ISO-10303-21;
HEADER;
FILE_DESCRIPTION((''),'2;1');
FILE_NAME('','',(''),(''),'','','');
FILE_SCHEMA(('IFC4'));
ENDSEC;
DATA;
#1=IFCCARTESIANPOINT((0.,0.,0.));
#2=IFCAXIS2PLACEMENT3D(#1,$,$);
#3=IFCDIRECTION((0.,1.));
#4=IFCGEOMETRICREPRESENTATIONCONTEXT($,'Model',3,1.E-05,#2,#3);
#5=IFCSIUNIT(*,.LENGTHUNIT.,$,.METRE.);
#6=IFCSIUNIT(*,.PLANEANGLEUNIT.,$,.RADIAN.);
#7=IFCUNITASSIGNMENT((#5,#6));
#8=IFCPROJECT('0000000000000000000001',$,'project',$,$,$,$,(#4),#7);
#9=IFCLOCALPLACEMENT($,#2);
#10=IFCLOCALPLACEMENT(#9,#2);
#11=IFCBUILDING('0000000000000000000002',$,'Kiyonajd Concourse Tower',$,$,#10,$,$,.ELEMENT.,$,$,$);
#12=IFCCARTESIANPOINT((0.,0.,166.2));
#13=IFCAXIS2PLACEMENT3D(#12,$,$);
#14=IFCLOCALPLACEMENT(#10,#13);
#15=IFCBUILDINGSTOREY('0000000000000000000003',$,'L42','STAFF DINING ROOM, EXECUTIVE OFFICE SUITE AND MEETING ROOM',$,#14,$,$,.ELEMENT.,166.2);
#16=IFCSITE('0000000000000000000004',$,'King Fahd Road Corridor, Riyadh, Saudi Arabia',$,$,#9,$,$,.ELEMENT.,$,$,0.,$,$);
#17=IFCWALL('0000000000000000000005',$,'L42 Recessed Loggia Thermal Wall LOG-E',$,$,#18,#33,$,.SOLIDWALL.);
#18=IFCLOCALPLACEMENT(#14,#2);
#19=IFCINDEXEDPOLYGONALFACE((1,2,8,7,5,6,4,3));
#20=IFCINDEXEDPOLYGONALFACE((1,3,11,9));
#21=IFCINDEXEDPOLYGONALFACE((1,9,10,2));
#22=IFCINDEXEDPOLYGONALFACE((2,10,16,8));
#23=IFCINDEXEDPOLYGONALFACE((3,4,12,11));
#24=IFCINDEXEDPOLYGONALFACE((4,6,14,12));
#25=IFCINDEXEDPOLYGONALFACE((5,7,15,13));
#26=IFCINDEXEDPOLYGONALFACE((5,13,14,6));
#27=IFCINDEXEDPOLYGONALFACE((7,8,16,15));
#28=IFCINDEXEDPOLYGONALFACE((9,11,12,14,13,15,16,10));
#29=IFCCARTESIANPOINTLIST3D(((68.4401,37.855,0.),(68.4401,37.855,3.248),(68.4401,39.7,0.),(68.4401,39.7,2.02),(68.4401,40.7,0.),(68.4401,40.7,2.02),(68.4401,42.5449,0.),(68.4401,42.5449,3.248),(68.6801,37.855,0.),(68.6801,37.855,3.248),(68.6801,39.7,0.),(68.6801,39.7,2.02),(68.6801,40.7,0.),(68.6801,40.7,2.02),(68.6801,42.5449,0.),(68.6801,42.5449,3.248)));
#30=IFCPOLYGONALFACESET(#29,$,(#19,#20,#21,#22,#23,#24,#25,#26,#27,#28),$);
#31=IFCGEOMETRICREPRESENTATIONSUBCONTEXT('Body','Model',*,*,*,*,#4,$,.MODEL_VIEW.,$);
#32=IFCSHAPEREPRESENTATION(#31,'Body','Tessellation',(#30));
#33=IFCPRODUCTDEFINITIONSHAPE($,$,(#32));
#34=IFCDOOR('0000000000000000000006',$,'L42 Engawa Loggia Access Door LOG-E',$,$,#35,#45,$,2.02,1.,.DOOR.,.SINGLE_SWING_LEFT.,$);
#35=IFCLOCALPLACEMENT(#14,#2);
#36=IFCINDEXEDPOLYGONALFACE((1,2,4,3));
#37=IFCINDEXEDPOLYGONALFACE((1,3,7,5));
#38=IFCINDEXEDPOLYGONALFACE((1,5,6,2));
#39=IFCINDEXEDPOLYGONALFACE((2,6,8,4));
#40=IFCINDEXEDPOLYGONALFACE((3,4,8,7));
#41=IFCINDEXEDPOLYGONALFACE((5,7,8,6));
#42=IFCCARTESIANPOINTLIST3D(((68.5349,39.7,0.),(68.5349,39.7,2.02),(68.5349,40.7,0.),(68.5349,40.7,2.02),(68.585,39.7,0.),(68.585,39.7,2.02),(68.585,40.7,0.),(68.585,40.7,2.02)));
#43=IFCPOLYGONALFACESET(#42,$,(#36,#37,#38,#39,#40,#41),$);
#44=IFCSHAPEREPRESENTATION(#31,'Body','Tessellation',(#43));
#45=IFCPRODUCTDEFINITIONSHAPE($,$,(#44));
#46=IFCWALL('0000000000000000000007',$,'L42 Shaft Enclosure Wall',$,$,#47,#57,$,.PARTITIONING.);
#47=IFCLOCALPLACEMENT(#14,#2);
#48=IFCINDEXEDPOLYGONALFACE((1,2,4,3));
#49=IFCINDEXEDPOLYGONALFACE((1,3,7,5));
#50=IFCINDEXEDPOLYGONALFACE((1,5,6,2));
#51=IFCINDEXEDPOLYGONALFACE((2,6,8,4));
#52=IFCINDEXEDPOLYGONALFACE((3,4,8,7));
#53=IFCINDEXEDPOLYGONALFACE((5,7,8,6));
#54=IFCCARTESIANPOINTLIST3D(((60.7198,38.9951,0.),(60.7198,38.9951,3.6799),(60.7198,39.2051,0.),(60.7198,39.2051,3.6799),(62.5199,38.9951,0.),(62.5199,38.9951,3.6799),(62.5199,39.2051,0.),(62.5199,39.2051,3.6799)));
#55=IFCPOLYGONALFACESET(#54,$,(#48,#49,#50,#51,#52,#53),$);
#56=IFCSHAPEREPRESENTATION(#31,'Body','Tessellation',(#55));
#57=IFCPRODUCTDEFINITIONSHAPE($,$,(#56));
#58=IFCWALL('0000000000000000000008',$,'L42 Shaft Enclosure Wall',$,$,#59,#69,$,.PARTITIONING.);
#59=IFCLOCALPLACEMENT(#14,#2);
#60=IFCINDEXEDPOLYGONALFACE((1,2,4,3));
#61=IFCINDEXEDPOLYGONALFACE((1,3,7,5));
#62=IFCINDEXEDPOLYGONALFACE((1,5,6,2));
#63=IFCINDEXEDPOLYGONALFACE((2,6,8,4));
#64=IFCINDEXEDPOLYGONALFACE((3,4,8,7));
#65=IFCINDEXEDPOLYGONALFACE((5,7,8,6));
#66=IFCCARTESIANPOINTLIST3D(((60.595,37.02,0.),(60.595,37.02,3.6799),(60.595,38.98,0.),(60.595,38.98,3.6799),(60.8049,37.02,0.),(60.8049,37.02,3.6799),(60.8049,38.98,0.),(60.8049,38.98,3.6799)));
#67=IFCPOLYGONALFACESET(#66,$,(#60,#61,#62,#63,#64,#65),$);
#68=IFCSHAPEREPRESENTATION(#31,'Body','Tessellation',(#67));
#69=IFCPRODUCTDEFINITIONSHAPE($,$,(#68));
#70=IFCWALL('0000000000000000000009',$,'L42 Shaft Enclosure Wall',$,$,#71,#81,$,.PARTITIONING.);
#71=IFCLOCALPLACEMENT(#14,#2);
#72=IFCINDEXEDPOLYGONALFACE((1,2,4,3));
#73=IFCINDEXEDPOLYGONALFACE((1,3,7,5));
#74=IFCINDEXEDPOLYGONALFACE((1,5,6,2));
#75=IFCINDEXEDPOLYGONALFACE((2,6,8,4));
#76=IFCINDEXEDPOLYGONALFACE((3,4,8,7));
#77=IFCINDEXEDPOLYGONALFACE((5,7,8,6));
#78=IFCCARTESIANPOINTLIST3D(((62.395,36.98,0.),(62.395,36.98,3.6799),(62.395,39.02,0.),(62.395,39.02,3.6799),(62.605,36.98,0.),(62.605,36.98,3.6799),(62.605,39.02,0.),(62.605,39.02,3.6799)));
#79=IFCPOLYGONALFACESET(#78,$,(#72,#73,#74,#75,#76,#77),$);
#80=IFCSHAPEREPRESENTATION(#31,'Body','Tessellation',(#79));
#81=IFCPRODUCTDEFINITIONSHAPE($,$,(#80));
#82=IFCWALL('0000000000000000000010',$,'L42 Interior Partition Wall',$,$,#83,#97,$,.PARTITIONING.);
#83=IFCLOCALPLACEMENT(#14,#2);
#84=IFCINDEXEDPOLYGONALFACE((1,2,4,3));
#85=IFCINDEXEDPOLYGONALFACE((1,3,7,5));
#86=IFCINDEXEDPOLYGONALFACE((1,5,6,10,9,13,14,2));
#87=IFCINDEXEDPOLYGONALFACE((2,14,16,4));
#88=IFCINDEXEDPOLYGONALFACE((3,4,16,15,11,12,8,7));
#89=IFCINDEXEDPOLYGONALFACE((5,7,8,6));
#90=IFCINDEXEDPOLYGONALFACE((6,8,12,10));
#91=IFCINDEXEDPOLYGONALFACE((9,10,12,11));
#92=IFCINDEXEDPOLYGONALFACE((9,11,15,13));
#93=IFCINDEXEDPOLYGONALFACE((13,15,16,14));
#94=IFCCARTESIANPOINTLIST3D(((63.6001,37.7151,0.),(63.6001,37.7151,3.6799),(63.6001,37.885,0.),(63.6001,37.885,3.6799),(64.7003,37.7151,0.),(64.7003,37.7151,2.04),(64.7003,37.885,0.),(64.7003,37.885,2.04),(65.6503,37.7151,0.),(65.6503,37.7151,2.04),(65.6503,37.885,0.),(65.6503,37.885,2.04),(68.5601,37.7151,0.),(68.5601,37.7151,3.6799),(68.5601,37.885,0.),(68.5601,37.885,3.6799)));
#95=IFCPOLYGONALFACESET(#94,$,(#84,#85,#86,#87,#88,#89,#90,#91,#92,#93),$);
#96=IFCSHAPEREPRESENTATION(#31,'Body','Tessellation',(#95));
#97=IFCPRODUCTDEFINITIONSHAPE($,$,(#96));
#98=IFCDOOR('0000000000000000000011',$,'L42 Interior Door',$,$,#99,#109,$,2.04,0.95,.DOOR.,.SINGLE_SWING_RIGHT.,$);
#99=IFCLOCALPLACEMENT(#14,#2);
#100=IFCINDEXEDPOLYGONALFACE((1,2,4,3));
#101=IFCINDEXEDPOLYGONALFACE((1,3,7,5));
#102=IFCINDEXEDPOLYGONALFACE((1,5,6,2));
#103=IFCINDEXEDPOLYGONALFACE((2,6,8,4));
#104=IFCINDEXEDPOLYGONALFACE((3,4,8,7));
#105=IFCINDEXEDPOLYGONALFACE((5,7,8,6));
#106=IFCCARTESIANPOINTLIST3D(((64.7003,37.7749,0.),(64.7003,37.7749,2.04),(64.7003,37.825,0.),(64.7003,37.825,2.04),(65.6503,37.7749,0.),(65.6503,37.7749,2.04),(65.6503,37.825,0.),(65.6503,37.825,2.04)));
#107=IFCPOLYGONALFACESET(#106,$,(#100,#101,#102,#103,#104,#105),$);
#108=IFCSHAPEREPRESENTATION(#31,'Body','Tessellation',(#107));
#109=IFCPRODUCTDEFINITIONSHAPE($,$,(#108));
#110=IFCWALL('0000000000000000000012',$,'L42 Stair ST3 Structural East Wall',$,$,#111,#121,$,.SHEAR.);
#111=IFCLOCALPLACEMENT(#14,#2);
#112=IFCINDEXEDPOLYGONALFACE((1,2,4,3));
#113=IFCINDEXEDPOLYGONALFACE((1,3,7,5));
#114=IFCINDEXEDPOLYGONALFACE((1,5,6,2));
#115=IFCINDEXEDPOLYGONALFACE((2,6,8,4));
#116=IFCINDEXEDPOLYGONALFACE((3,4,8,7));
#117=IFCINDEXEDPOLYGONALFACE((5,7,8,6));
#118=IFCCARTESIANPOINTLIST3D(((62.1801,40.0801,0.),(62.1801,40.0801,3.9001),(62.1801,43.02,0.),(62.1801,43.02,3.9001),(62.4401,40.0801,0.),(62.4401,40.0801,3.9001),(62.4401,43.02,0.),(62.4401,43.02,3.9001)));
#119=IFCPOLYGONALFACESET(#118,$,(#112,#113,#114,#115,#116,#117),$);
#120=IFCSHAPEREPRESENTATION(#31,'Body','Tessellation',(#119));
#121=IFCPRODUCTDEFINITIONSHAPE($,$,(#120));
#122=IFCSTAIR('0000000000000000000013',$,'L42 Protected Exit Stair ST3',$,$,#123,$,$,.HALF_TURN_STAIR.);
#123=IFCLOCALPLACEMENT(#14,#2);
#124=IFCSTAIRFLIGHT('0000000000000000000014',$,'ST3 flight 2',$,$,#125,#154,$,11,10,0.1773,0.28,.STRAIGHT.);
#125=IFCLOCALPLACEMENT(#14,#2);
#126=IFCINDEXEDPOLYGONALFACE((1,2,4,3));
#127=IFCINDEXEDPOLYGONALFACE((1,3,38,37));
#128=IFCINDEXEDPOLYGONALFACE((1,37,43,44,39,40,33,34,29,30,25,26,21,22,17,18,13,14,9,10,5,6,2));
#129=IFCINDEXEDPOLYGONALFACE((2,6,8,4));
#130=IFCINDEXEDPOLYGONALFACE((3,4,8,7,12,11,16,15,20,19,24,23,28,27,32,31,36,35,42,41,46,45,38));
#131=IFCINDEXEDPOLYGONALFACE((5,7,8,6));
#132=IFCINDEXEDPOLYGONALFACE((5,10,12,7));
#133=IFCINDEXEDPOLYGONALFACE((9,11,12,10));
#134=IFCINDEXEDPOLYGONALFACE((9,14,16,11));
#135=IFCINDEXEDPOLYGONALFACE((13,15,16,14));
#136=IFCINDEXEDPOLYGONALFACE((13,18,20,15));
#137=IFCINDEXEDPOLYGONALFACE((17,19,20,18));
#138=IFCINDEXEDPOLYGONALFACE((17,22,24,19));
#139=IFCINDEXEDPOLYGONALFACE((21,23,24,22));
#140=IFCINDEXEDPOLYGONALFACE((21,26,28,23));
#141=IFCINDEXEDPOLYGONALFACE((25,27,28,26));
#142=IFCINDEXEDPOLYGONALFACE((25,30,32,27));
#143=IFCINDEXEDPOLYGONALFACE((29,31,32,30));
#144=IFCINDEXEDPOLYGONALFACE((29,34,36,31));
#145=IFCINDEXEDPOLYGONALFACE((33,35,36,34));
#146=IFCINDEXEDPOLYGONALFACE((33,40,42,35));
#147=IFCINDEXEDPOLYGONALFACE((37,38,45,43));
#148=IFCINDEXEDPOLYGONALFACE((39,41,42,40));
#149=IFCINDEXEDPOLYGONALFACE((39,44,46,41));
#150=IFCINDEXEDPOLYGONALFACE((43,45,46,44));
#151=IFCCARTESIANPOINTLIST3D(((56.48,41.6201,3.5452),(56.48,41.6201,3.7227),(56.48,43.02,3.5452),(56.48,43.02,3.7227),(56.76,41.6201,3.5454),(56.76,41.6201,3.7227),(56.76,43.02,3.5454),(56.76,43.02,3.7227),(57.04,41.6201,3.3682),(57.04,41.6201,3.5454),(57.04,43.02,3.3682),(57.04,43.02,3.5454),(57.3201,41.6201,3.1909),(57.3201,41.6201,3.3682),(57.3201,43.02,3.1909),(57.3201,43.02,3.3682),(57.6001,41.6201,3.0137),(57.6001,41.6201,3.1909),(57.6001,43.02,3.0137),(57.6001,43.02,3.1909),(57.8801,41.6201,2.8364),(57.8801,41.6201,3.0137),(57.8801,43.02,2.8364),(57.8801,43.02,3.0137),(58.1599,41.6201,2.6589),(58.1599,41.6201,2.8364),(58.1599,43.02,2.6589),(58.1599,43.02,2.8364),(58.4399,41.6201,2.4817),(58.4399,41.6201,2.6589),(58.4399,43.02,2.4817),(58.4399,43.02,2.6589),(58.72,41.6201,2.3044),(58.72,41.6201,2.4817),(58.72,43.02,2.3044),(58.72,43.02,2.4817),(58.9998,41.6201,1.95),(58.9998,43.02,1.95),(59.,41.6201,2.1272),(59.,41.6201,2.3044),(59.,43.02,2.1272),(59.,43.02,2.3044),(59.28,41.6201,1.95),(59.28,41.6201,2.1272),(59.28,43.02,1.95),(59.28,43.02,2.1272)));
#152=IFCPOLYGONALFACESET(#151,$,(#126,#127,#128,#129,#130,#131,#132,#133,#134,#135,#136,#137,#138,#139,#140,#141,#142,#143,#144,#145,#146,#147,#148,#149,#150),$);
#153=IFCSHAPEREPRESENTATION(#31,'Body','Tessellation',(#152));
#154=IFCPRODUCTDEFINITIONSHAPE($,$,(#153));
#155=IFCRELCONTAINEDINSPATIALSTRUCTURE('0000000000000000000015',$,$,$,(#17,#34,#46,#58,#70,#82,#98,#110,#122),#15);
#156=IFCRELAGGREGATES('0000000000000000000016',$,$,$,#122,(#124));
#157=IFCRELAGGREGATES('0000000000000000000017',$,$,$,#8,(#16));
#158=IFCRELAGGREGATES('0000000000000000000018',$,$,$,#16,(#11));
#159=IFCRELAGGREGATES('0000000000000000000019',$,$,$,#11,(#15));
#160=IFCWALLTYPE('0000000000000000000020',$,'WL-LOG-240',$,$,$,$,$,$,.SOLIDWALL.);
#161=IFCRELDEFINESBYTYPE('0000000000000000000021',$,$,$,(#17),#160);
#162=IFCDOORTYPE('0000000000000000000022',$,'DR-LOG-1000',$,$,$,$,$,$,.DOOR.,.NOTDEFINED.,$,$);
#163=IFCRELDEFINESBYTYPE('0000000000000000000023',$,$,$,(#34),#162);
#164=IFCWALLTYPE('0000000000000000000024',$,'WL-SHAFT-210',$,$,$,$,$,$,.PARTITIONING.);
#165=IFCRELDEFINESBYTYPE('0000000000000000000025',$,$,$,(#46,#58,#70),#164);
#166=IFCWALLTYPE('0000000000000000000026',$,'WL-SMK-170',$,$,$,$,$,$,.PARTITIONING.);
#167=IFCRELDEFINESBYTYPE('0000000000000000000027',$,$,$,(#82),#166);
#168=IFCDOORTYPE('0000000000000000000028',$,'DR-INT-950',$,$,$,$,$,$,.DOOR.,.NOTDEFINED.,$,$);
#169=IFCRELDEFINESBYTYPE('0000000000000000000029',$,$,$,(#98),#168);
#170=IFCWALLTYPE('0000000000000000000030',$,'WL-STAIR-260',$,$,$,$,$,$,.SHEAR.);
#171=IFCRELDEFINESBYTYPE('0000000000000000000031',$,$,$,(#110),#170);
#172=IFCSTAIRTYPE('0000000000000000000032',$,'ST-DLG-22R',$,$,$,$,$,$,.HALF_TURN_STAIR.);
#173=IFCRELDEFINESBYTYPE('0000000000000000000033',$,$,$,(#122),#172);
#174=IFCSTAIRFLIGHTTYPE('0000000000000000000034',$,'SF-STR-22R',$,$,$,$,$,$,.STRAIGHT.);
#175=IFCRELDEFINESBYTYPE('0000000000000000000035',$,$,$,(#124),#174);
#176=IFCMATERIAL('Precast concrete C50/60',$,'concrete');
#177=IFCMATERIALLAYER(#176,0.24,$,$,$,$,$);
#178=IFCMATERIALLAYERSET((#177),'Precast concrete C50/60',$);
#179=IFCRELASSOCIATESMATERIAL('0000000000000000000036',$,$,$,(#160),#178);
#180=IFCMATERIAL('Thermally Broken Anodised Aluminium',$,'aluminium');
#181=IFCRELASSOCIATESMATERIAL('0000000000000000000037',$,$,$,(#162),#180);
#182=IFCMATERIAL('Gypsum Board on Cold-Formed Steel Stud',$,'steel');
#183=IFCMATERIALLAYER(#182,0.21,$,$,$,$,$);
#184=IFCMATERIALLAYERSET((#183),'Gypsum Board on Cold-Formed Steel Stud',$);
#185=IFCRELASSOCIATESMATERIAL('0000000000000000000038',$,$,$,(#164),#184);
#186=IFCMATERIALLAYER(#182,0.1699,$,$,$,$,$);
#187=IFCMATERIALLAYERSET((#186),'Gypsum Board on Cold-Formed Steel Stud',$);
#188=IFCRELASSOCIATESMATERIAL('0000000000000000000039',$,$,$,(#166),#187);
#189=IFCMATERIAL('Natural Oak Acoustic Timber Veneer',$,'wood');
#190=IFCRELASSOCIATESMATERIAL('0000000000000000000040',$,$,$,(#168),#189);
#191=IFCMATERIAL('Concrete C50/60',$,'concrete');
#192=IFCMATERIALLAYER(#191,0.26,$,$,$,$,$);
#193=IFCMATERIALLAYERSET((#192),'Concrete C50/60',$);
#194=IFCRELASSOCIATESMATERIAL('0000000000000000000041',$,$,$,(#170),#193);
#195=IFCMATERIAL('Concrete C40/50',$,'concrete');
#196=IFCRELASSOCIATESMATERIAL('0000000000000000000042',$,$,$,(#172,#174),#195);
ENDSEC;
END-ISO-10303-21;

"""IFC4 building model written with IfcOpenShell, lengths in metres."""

from ifc_helpers import new_model, si_unit, direction, frame, frame_2d, origin, place, context, subcontext, project, spatial, polyline, rectangle, outline, extrude, material, layer, layer_set, type_object, element, fill, aggregate, save


model = new_model("IFC4")

# Units and contexts
model_context = context("Model", 3, precision=1e-05, world=origin(), true_north=direction((0.0, 1.0)))
body_context = subcontext(model_context, "Body", "Model", "MODEL_VIEW")
ifc_project = project(units=[si_unit("LENGTHUNIT", "METRE"), si_unit("PLANEANGLEUNIT", "RADIAN")], contexts=[model_context])

# Site, building, storey
site_placement = place(None, origin())
site = spatial("IfcSite", under=ifc_project, at=site_placement, Name="King Fahd Road Corridor, Riyadh, Saudi Arabia", CompositionType="ELEMENT", RefElevation=0.0)
building_placement = place(site_placement, origin())
building = spatial("IfcBuilding", under=site, at=building_placement, Name="Kiyonajd Concourse Tower", CompositionType="ELEMENT")
storey_placement = place(building_placement, frame((0.0, 0.0, 166.2)))
storey = spatial("IfcBuildingStorey", under=building, at=storey_placement, Name="L42", Description="STAFF DINING ROOM, EXECUTIVE OFFICE SUITE AND MEETING ROOM", CompositionType="ELEMENT", Elevation=166.2)

# Shared definitions
ifc_material_1 = material(Name="Thermally Broken Anodised Aluminium", Category="aluminium")

# Shared definitions
ifc_material_2 = material(Name="Precast concrete C50/60", Category="concrete")

# Wall, opening, door
ifc_layer_1 = layer(ifc_material_2, 0.24)
ifc_layer_set_1 = layer_set([ifc_layer_1], Name="Precast concrete C50/60")
wall_type_1 = type_object("IfcWallType", Name="WL-LOG-240", PredefinedType="SOLIDWALL", material=ifc_layer_set_1)
wall_1_placement = place(storey_placement, frame((68.5601, 42.5449, 0.0), z_axis=(0.0, 0.0, 1.0), x_axis=(0.0, -1.0, 0.0)))
wall_1 = element("IfcWall", 1, at=wall_1_placement, inside=storey, type_object=wall_type_1, Name="L42 Recessed Loggia Thermal Wall LOG-E", PredefinedType="SOLIDWALL", context=body_context, shape_type="SweptSolid", body=[
    extrude(rectangle(XDim=4.6899, YDim=0.24, at=frame_2d((2.345, 0.0))), origin(), (0.0, 0.0, 1.0), 3.248),
])
opening_1_placement = place(wall_1_placement, frame((1.845, 0.0, 0.0)))
opening_1 = element("IfcOpeningElement", 2, at=opening_1_placement, cuts=wall_1, PredefinedType="OPENING", context=body_context, shape_type="SweptSolid", body=[
    extrude(rectangle(XDim=1.0, YDim=2.02, at=frame_2d((0.5, 1.01))), frame((0.0, 0.1299, 0.0), z_axis=(0.0, -1.0, 0.0), x_axis=(1.0, 0.0, 0.0)), (0.0, 0.0, 1.0), 0.26),
])
door_type_1 = type_object("IfcDoorType", Name="DR-LOG-1000", OperationType="NOTDEFINED", PredefinedType="DOOR", material=ifc_material_1)
door_1_placement = place(opening_1_placement, origin())
door_1 = element("IfcDoor", 3, at=door_1_placement, inside=storey, type_object=door_type_1, Name="L42 Engawa Loggia Access Door LOG-E", OperationType="SINGLE_SWING_LEFT", OverallHeight=2.02, OverallWidth=1.0, PredefinedType="DOOR", context=body_context, shape_type="SweptSolid", body=[
    extrude(rectangle(XDim=1.0, YDim=2.02, at=frame_2d((0.5, 1.01))), frame((0.0, 0.0249, 0.0), z_axis=(0.0, -1.0, 0.0), x_axis=(1.0, 0.0, 0.0)), (0.0, 0.0, 1.0), 0.05),
])
fill(opening_1, door_1)

# Walls
ifc_material_3 = material(Name="Gypsum Board on Cold-Formed Steel Stud", Category="steel")
ifc_layer_2 = layer(ifc_material_3, 0.21)
ifc_layer_set_2 = layer_set([ifc_layer_2], Name="Gypsum Board on Cold-Formed Steel Stud")
wall_type_2 = type_object("IfcWallType", Name="WL-SHAFT-210", PredefinedType="PARTITIONING", material=ifc_layer_set_2)
wall_2_placement = place(storey_placement, frame((60.72, 39.1001, 0.0), z_axis=(0.0, 0.0, 1.0), x_axis=(1.0, 0.0, 0.0)))
element("IfcWall", 4, at=wall_2_placement, inside=storey, type_object=wall_type_2, Name="L42 Shaft Enclosure Wall", PredefinedType="PARTITIONING", context=body_context, shape_type="SweptSolid", body=[
    extrude(rectangle(XDim=1.8, YDim=0.21, at=frame_2d((0.8999, 0.0))), origin(), (0.0, 0.0, 1.0), 3.6799),
])
wall_3_placement = place(storey_placement, frame((60.7, 37.02, 0.0), z_axis=(0.0, 0.0, 1.0), x_axis=(0.0, 1.0, 0.0)))
element("IfcWall", 5, at=wall_3_placement, inside=storey, type_object=wall_type_2, Name="L42 Shaft Enclosure Wall", PredefinedType="PARTITIONING", context=body_context, shape_type="SweptSolid", body=[
    extrude(rectangle(XDim=1.96, YDim=0.21, at=frame_2d((0.98, 0.0))), origin(), (0.0, 0.0, 1.0), 3.6799),
])
wall_4_placement = place(storey_placement, frame((62.5, 36.98, 0.0), z_axis=(0.0, 0.0, 1.0), x_axis=(0.0, 1.0, 0.0)))
element("IfcWall", 6, at=wall_4_placement, inside=storey, type_object=wall_type_2, Name="L42 Shaft Enclosure Wall", PredefinedType="PARTITIONING", context=body_context, shape_type="SweptSolid", body=[
    extrude(rectangle(XDim=2.04, YDim=0.21, at=frame_2d((1.02, 0.0))), origin(), (0.0, 0.0, 1.0), 3.6799),
])

# Wall, opening, door
ifc_layer_3 = layer(ifc_material_3, 0.1699)
ifc_layer_set_3 = layer_set([ifc_layer_3], Name="Gypsum Board on Cold-Formed Steel Stud")
wall_type_3 = type_object("IfcWallType", Name="WL-SMK-170", PredefinedType="PARTITIONING", material=ifc_layer_set_3)
wall_5_placement = place(storey_placement, frame((63.6001, 37.8, 0.0), z_axis=(0.0, 0.0, 1.0), x_axis=(1.0, 0.0, 0.0)))
wall_5 = element("IfcWall", 7, at=wall_5_placement, inside=storey, type_object=wall_type_3, Name="L42 Interior Partition Wall", PredefinedType="PARTITIONING", context=body_context, shape_type="SweptSolid", body=[
    extrude(rectangle(XDim=4.96, YDim=0.1699, at=frame_2d((2.48, 0.0))), origin(), (0.0, 0.0, 1.0), 3.6799),
])
opening_2_placement = place(wall_5_placement, frame((1.1001, 0.0, 0.0)))
opening_2 = element("IfcOpeningElement", 8, at=opening_2_placement, cuts=wall_5, PredefinedType="OPENING", context=body_context, shape_type="SweptSolid", body=[
    extrude(rectangle(XDim=0.95, YDim=2.04, at=frame_2d((0.4751, 1.02))), frame((0.0, 0.095, 0.0), z_axis=(0.0, -1.0, 0.0), x_axis=(1.0, 0.0, 0.0)), (0.0, 0.0, 1.0), 0.1899),
])
ifc_material_4 = material(Name="Natural Oak Acoustic Timber Veneer", Category="wood")
door_type_2 = type_object("IfcDoorType", Name="DR-INT-950", OperationType="NOTDEFINED", PredefinedType="DOOR", material=ifc_material_4)
door_2_placement = place(opening_2_placement, origin())
door_2 = element("IfcDoor", 9, at=door_2_placement, inside=storey, type_object=door_type_2, Name="L42 Interior Door", OperationType="SINGLE_SWING_RIGHT", OverallHeight=2.04, OverallWidth=0.95, PredefinedType="DOOR", context=body_context, shape_type="SweptSolid", body=[
    extrude(rectangle(XDim=0.95, YDim=2.04, at=frame_2d((0.4751, 1.02))), frame((0.0, 0.0249, 0.0), z_axis=(0.0, -1.0, 0.0), x_axis=(1.0, 0.0, 0.0)), (0.0, 0.0, 1.0), 0.05),
])
fill(opening_2, door_2)

# Wall
ifc_material_5 = material(Name="Concrete C50/60", Category="concrete")
ifc_layer_4 = layer(ifc_material_5, 0.26)
ifc_layer_set_4 = layer_set([ifc_layer_4], Name="Concrete C50/60")
wall_type_4 = type_object("IfcWallType", Name="WL-STAIR-260", PredefinedType="SHEAR", material=ifc_layer_set_4)
wall_6_placement = place(storey_placement, frame((62.3101, 40.0801, 0.0), z_axis=(0.0, 0.0, 1.0), x_axis=(0.0, 1.0, 0.0)))
element("IfcWall", 10, at=wall_6_placement, inside=storey, type_object=wall_type_4, Name="L42 Stair ST3 Structural East Wall", PredefinedType="SHEAR", context=body_context, shape_type="SweptSolid", body=[
    extrude(rectangle(XDim=2.9399, YDim=0.26, at=frame_2d((1.47, 0.0))), origin(), (0.0, 0.0, 1.0), 3.9001),
])

# Stair, stair flight
ifc_material_6 = material(Name="Concrete C40/50", Category="concrete")
stair_type = type_object("IfcStairType", Name="ST-DLG-22R", PredefinedType="HALF_TURN_STAIR", material=ifc_material_6)
stair_placement = place(storey_placement, origin())
stair = element("IfcStair", 11, at=stair_placement, inside=storey, type_object=stair_type, Name="L42 Protected Exit Stair ST3", PredefinedType="HALF_TURN_STAIR")
stair_flight_type = type_object("IfcStairFlightType", Name="SF-STR-22R", PredefinedType="STRAIGHT", material=ifc_material_6)
stair_flight_placement = place(storey_placement, frame((59.28, 42.3201, 1.95), z_axis=(0.0, 0.0, 1.0), x_axis=(-1.0, 0.0, 0.0)))
stair_flight = element("IfcStairFlight", 12, at=stair_flight_placement, type_object=stair_flight_type, Name="ST3 flight 2", NumberOfRisers=11, NumberOfTreads=10, PredefinedType="STRAIGHT", RiserHeight=0.1773, TreadLength=0.28, context=body_context, shape_type="SweptSolid", body=[
    extrude(outline(polyline([(0.0, 0.0), (0.0, 0.1772), (0.28, 0.1772), (0.28, 0.3545), (0.5601, 0.3545), (0.5601, 0.5317), (0.8401, 0.5317), (0.8401, 0.709), (1.1201, 0.709), (1.1201, 0.8865), (1.3999, 0.8865), (1.3999, 1.0637), (1.6799, 1.0637), (1.6799, 1.241), (1.96, 1.241), (1.96, 1.4182), (2.24, 1.4182), (2.24, 1.5955), (2.52, 1.5955), (2.52, 1.7727), (2.8, 1.7727), (2.8, 1.95), (2.8, 1.5952), (0.2803, 0.0), (0.0, 0.0)])), frame((0.0, 0.7, 0.0), z_axis=(0.0, -1.0, 0.0), x_axis=(1.0, 0.0, 0.0)), (0.0, 0.0, 1.0), 1.3999),
])
aggregate(stair, [stair_flight])

save(model, "model.ifc")
